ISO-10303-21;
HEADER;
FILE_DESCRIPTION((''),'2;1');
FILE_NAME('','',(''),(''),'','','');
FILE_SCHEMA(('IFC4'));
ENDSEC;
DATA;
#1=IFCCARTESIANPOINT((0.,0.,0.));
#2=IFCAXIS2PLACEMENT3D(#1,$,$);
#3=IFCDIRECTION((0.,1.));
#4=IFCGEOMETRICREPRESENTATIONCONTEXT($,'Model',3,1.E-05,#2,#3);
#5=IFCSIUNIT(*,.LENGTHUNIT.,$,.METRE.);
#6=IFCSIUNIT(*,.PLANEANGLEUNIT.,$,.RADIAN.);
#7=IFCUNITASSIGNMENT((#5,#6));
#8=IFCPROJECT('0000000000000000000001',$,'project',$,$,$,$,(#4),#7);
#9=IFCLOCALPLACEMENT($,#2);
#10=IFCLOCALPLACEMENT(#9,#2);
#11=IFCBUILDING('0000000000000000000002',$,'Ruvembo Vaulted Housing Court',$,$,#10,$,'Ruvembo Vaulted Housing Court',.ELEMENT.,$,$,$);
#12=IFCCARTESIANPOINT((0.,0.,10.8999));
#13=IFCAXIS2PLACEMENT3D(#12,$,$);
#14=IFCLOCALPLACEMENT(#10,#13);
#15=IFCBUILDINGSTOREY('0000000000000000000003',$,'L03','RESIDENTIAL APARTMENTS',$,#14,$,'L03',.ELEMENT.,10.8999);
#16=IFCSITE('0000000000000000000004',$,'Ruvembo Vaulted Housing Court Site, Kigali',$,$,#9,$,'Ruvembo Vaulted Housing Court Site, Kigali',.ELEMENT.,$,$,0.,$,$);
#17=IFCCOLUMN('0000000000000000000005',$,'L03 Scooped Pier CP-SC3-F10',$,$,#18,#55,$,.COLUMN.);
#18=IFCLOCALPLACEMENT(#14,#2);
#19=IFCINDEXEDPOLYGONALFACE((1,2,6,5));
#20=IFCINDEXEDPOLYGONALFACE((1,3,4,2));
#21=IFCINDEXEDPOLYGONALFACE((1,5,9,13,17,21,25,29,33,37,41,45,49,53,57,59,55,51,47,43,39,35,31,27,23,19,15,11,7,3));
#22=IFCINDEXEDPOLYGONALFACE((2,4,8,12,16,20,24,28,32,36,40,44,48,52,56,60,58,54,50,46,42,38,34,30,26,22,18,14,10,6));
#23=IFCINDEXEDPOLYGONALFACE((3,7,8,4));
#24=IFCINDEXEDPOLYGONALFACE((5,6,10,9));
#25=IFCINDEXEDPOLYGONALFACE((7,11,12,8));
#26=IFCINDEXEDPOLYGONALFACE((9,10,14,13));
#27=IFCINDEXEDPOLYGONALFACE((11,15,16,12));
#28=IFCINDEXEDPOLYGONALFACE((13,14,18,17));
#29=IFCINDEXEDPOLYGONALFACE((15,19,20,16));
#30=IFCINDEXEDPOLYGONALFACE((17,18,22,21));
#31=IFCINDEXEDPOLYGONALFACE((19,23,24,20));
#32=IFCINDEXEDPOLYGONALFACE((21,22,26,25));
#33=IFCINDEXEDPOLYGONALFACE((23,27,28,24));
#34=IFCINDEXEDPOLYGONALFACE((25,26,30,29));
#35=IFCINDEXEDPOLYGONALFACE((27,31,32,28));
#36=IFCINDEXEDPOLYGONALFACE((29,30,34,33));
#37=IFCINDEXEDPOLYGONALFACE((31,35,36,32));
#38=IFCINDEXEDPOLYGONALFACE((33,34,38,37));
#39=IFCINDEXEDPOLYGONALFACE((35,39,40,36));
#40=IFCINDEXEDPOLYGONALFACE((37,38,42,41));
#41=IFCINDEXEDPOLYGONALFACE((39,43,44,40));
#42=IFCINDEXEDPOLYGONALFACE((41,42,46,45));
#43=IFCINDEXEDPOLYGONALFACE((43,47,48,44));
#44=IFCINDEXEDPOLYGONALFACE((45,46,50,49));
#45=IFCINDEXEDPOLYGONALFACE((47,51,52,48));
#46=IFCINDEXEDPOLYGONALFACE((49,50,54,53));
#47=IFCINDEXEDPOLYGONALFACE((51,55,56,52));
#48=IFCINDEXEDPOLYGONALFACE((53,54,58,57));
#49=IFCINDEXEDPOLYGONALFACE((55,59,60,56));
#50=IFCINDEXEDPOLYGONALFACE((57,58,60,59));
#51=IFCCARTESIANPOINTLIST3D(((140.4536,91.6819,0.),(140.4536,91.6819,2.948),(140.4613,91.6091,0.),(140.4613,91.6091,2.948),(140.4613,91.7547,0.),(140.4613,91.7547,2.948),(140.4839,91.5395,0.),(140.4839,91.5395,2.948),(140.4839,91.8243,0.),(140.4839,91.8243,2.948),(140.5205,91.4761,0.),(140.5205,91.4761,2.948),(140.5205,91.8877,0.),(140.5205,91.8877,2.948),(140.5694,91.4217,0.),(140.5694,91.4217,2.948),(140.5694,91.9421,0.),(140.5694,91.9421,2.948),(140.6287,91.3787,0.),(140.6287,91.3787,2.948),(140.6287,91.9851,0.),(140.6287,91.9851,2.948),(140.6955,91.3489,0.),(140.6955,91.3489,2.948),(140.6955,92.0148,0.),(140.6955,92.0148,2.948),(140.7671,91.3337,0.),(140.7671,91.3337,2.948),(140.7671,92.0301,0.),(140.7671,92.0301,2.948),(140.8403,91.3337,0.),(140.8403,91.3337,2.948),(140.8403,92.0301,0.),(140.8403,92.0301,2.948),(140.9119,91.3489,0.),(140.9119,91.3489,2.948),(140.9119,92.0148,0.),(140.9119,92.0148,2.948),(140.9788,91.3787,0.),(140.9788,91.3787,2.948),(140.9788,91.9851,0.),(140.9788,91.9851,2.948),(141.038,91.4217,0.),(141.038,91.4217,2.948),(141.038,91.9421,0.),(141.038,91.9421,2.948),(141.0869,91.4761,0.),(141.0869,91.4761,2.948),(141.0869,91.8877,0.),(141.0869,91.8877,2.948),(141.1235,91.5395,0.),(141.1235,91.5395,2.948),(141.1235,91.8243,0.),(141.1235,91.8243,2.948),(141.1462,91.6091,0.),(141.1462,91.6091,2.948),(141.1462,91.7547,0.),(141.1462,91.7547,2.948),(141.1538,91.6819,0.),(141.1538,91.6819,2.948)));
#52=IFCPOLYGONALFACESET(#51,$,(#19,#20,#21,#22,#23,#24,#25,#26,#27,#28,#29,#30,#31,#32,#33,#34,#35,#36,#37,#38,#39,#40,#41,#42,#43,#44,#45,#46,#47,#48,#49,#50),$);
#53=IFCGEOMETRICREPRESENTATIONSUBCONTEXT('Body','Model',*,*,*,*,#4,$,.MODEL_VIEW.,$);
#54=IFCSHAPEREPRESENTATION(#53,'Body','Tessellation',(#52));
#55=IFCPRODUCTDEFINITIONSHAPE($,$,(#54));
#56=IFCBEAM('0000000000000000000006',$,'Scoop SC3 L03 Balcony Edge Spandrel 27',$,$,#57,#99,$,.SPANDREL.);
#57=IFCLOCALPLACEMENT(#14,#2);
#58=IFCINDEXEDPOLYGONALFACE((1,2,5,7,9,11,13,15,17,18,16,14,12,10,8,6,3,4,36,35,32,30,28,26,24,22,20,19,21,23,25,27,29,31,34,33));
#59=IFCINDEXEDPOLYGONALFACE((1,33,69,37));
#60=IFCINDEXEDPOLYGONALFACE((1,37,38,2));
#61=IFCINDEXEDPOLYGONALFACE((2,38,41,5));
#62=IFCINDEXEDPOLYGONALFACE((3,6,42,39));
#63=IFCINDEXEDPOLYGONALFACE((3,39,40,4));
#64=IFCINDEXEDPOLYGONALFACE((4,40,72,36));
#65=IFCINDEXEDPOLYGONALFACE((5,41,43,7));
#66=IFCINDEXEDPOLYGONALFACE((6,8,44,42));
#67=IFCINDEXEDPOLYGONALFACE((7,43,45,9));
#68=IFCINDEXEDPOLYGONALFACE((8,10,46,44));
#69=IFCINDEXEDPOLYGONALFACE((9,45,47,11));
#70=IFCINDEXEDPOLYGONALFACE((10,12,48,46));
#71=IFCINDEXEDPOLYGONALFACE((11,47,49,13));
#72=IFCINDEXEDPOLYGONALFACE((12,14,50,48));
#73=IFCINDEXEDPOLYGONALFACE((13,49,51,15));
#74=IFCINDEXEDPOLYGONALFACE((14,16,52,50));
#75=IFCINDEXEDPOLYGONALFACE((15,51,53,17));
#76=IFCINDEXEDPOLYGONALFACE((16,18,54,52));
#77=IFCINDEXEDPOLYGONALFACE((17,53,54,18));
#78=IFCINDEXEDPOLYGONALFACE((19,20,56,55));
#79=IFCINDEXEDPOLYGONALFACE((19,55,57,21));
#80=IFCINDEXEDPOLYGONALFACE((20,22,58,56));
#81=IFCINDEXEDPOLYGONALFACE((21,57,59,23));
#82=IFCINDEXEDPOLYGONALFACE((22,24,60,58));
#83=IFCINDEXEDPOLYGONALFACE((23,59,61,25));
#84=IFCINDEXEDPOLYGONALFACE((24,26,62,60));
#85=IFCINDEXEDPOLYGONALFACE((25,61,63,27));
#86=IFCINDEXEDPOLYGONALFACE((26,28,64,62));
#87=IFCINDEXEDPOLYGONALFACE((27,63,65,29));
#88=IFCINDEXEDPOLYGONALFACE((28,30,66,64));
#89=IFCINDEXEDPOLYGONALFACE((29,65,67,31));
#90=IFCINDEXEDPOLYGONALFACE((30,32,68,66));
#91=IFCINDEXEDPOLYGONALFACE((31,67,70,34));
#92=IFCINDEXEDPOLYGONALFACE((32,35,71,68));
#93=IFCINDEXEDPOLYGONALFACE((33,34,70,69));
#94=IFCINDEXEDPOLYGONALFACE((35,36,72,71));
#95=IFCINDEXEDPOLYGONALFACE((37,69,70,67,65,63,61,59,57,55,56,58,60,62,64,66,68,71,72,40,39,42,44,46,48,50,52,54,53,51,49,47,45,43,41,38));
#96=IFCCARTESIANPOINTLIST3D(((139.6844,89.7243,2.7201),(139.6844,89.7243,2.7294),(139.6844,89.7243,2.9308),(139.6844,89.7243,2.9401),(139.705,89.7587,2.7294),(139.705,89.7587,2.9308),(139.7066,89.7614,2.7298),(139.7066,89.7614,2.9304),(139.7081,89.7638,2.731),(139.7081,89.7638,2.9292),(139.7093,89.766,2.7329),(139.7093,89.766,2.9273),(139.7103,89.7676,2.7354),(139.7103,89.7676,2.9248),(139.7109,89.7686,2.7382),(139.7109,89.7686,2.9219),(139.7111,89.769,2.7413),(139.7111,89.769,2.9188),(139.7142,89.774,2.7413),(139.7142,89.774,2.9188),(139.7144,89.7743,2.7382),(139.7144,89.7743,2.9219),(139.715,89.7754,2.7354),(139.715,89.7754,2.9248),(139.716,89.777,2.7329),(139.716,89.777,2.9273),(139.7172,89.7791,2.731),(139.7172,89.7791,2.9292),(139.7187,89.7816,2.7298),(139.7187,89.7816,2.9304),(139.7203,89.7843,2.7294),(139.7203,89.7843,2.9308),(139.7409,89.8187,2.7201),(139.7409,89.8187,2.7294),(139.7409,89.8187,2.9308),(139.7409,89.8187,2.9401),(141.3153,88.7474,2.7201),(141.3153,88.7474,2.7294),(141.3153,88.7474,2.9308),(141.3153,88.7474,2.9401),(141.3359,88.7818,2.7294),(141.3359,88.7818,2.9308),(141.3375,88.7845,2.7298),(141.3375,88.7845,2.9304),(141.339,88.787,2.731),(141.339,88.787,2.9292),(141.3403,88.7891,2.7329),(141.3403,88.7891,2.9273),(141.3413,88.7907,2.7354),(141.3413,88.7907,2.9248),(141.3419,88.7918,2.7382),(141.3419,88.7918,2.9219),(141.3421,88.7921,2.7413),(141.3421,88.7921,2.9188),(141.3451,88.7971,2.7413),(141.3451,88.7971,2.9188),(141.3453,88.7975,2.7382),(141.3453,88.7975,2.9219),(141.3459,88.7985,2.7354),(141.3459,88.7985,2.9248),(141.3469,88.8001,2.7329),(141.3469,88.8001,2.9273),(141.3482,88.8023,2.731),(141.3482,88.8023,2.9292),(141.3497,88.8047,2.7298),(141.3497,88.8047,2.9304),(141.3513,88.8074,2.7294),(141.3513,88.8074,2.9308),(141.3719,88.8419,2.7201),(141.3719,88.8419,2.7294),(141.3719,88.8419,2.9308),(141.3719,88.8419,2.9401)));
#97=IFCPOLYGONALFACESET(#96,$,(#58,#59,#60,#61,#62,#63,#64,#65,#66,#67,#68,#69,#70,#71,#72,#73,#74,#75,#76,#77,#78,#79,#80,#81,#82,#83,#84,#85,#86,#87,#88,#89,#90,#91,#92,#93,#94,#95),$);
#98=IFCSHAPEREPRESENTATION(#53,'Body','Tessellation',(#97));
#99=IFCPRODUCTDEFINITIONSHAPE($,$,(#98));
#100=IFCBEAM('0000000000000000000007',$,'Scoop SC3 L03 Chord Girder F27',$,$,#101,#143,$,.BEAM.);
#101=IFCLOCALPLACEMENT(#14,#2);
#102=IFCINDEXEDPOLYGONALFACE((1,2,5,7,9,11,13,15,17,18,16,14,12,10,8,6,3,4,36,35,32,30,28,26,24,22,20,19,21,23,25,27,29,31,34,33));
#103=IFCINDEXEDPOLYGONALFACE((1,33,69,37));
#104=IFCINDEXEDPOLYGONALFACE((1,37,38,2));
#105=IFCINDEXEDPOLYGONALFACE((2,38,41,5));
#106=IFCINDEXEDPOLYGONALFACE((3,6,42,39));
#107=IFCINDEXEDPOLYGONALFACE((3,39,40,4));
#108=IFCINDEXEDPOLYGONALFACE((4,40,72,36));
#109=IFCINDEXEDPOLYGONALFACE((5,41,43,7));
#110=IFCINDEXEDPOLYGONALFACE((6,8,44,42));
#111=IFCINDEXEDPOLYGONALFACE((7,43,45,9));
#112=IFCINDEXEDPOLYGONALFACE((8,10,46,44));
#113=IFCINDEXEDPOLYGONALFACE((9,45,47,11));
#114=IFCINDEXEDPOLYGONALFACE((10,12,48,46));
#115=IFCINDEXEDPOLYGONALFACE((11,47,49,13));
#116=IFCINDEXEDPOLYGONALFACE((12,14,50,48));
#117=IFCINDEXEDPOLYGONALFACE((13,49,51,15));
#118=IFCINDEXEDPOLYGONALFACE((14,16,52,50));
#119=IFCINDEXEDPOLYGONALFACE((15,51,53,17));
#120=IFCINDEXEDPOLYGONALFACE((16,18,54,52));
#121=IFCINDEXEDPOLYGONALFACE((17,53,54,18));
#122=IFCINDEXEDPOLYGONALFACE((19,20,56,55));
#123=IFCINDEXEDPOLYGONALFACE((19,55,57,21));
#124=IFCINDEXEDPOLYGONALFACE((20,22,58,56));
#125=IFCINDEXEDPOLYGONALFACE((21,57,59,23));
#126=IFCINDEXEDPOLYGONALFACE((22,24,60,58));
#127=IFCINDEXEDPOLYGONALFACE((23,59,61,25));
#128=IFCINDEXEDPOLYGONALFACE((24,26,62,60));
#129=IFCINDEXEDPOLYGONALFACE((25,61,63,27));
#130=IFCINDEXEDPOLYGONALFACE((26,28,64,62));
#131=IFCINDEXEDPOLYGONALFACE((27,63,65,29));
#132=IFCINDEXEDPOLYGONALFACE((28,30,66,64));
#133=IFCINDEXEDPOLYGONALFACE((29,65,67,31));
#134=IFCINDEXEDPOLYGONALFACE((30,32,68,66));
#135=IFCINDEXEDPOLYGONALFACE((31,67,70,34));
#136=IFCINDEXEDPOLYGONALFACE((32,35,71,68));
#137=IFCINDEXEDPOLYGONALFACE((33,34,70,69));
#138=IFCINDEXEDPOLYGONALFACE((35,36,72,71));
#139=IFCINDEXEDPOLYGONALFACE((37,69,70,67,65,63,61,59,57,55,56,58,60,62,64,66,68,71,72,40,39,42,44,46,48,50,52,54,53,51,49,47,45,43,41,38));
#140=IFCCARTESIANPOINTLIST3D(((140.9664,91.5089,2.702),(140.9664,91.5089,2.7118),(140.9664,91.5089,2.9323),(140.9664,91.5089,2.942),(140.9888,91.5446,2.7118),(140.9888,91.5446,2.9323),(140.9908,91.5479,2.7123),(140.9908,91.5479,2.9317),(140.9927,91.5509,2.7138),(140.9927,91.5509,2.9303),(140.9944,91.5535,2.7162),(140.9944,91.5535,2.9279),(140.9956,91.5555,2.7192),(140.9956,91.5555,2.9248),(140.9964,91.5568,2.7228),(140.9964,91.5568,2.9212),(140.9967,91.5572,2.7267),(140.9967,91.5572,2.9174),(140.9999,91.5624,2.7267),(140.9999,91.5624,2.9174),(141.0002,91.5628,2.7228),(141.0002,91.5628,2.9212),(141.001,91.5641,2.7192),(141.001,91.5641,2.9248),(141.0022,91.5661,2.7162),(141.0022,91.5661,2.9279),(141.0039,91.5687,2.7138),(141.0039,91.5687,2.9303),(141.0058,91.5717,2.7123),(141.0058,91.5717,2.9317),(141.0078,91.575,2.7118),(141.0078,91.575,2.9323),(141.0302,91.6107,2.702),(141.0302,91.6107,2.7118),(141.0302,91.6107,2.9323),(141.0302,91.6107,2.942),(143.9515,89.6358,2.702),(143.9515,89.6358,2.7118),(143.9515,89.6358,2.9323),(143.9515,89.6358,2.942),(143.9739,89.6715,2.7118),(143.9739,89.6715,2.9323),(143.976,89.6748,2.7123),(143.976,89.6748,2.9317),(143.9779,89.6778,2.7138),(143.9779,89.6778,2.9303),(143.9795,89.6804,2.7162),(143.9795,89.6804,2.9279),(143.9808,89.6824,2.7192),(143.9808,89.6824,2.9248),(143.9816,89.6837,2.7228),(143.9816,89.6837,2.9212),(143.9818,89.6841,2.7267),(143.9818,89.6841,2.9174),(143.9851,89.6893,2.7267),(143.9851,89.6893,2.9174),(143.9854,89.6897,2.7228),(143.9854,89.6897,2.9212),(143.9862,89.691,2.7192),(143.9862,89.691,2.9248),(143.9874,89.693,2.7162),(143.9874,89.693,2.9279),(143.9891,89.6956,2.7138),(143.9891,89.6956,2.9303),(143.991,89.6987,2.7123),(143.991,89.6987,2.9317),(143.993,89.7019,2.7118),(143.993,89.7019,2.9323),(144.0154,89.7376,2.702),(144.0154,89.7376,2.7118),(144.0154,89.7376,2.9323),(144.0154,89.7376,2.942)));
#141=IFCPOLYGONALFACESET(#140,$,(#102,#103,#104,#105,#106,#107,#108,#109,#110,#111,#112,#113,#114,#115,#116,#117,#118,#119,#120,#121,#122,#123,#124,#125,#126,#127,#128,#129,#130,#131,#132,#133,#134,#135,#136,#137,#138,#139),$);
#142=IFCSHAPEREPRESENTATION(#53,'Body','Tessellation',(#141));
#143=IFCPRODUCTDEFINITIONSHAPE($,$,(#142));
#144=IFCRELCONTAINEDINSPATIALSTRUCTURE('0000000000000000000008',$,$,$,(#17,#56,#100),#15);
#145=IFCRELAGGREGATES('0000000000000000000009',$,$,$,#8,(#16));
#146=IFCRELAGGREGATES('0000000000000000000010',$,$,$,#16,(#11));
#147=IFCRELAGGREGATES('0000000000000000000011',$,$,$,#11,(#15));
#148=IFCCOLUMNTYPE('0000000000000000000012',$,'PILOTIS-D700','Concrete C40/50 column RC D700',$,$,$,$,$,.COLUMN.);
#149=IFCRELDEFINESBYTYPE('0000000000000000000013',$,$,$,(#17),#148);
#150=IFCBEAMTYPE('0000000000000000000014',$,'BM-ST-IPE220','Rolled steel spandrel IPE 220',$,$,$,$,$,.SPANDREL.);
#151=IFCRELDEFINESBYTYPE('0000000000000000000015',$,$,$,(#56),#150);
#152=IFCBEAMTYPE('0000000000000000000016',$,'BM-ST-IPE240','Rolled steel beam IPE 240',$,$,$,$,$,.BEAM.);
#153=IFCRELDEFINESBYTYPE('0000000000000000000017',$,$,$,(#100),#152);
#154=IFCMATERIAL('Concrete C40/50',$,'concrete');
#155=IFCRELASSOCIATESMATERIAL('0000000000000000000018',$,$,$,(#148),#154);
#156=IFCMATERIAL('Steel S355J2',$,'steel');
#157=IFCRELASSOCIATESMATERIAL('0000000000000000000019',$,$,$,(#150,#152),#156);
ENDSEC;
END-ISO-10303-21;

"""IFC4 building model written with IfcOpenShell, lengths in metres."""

from ifc_helpers import new_model, si_unit, direction, frame, origin, origin_2d, place, context, subcontext, project, spatial, circle, i_section, extrude, material, material_profile, profile_set, type_object, element, save


model = new_model("IFC4")

# Units and contexts
model_context = context("Model", 3, precision=1e-05, world=origin(), true_north=direction((0.0, 1.0)))
body_context = subcontext(model_context, "Body", "Model", "MODEL_VIEW")
ifc_project = project(units=[si_unit("LENGTHUNIT", "METRE"), si_unit("PLANEANGLEUNIT", "RADIAN")], contexts=[model_context])

# Site, building, storey
site_placement = place(None, origin())
site = spatial("IfcSite", under=ifc_project, at=site_placement, Name="Ruvembo Vaulted Housing Court Site, Kigali", LongName="Ruvembo Vaulted Housing Court Site, Kigali", CompositionType="ELEMENT", RefElevation=0.0)
building_placement = place(site_placement, origin())
building = spatial("IfcBuilding", under=site, at=building_placement, Name="Ruvembo Vaulted Housing Court", LongName="Ruvembo Vaulted Housing Court", CompositionType="ELEMENT")
storey_placement = place(building_placement, frame((0.0, 0.0, 10.8999)))
storey = spatial("IfcBuildingStorey", under=building, at=storey_placement, Name="L03", Description="RESIDENTIAL APARTMENTS", LongName="L03", CompositionType="ELEMENT", Elevation=10.8999)

# Column
ifc_material_1 = material(Name="Concrete C40/50", Category="concrete")
ifc_material_profile_1 = material_profile(ifc_material_1, circle(Radius=0.3501, at=origin_2d()), Name="RC D700")
ifc_profile_set_1 = profile_set([ifc_material_profile_1], Name="Concrete C40/50")
column_type = type_object("IfcColumnType", Name="PILOTIS-D700", Description="Concrete C40/50 column RC D700", PredefinedType="COLUMN", material=ifc_profile_set_1)
column_placement = place(storey_placement, frame((140.8037, 91.6819, 0.0), z_axis=(0.0, 0.0, 1.0), x_axis=(1.0, 0.0, 0.0)))
element("IfcColumn", 1, at=column_placement, inside=storey, type_object=column_type, Name="L03 Scooped Pier CP-SC3-F10", PredefinedType="COLUMN", context=body_context, shape_type="SweptSolid", body=[
    extrude(circle(Radius=0.3501, at=origin_2d()), origin(), (0.0, 0.0, 1.0), 2.948),
])

# Beams
ifc_material_2 = material(Name="Steel S355J2", Category="steel")
ifc_material_profile_2 = material_profile(ifc_material_2, i_section(OverallWidth=0.1101, OverallDepth=0.22, WebThickness=0.0059, FlangeThickness=0.0093, FilletRadius=0.012, at=origin_2d()), Name="IPE 220")
ifc_profile_set_2 = profile_set([ifc_material_profile_2], Name="Steel S355J2")
beam_type_1 = type_object("IfcBeamType", Name="BM-ST-IPE220", Description="Rolled steel spandrel IPE 220", PredefinedType="SPANDREL", material=ifc_profile_set_2)
beam_1_placement = place(storey_placement, frame((139.7126, 89.7715, 2.8301), z_axis=(0.857889, -0.513835, 0.0), x_axis=(0.513835, 0.857889, 0.0)))
element("IfcBeam", 2, at=beam_1_placement, inside=storey, type_object=beam_type_1, Name="Scoop SC3 L03 Balcony Edge Spandrel 27", PredefinedType="SPANDREL", context=body_context, shape_type="SweptSolid", body=[
    extrude(i_section(OverallWidth=0.1101, OverallDepth=0.22, WebThickness=0.0059, FlangeThickness=0.0093, FilletRadius=0.012, at=origin_2d()), origin(), (0.0, 0.0, 1.0), 1.9011),
])
ifc_material_profile_3 = material_profile(ifc_material_2, i_section(OverallWidth=0.1201, OverallDepth=0.24, WebThickness=0.0061, FlangeThickness=0.0098, FilletRadius=0.0149, at=origin_2d()), Name="IPE 240")
ifc_profile_set_3 = profile_set([ifc_material_profile_3], Name="Steel S355J2")
beam_type_2 = type_object("IfcBeamType", Name="BM-ST-IPE240", Description="Rolled steel beam IPE 240", PredefinedType="BEAM", material=ifc_profile_set_3)
beam_2_placement = place(storey_placement, frame((140.9983, 91.5598, 2.822), z_axis=(0.847059, -0.531499, 0.0), x_axis=(0.531499, 0.847059, 0.0)))
element("IfcBeam", 3, at=beam_2_placement, inside=storey, type_object=beam_type_2, Name="Scoop SC3 L03 Chord Girder F27", PredefinedType="BEAM", context=body_context, shape_type="SweptSolid", body=[
    extrude(i_section(OverallWidth=0.1201, OverallDepth=0.24, WebThickness=0.0061, FlangeThickness=0.0098, FilletRadius=0.0149, at=origin_2d()), origin(), (0.0, 0.0, 1.0), 3.5242),
])

save(model, "model.ifc")
